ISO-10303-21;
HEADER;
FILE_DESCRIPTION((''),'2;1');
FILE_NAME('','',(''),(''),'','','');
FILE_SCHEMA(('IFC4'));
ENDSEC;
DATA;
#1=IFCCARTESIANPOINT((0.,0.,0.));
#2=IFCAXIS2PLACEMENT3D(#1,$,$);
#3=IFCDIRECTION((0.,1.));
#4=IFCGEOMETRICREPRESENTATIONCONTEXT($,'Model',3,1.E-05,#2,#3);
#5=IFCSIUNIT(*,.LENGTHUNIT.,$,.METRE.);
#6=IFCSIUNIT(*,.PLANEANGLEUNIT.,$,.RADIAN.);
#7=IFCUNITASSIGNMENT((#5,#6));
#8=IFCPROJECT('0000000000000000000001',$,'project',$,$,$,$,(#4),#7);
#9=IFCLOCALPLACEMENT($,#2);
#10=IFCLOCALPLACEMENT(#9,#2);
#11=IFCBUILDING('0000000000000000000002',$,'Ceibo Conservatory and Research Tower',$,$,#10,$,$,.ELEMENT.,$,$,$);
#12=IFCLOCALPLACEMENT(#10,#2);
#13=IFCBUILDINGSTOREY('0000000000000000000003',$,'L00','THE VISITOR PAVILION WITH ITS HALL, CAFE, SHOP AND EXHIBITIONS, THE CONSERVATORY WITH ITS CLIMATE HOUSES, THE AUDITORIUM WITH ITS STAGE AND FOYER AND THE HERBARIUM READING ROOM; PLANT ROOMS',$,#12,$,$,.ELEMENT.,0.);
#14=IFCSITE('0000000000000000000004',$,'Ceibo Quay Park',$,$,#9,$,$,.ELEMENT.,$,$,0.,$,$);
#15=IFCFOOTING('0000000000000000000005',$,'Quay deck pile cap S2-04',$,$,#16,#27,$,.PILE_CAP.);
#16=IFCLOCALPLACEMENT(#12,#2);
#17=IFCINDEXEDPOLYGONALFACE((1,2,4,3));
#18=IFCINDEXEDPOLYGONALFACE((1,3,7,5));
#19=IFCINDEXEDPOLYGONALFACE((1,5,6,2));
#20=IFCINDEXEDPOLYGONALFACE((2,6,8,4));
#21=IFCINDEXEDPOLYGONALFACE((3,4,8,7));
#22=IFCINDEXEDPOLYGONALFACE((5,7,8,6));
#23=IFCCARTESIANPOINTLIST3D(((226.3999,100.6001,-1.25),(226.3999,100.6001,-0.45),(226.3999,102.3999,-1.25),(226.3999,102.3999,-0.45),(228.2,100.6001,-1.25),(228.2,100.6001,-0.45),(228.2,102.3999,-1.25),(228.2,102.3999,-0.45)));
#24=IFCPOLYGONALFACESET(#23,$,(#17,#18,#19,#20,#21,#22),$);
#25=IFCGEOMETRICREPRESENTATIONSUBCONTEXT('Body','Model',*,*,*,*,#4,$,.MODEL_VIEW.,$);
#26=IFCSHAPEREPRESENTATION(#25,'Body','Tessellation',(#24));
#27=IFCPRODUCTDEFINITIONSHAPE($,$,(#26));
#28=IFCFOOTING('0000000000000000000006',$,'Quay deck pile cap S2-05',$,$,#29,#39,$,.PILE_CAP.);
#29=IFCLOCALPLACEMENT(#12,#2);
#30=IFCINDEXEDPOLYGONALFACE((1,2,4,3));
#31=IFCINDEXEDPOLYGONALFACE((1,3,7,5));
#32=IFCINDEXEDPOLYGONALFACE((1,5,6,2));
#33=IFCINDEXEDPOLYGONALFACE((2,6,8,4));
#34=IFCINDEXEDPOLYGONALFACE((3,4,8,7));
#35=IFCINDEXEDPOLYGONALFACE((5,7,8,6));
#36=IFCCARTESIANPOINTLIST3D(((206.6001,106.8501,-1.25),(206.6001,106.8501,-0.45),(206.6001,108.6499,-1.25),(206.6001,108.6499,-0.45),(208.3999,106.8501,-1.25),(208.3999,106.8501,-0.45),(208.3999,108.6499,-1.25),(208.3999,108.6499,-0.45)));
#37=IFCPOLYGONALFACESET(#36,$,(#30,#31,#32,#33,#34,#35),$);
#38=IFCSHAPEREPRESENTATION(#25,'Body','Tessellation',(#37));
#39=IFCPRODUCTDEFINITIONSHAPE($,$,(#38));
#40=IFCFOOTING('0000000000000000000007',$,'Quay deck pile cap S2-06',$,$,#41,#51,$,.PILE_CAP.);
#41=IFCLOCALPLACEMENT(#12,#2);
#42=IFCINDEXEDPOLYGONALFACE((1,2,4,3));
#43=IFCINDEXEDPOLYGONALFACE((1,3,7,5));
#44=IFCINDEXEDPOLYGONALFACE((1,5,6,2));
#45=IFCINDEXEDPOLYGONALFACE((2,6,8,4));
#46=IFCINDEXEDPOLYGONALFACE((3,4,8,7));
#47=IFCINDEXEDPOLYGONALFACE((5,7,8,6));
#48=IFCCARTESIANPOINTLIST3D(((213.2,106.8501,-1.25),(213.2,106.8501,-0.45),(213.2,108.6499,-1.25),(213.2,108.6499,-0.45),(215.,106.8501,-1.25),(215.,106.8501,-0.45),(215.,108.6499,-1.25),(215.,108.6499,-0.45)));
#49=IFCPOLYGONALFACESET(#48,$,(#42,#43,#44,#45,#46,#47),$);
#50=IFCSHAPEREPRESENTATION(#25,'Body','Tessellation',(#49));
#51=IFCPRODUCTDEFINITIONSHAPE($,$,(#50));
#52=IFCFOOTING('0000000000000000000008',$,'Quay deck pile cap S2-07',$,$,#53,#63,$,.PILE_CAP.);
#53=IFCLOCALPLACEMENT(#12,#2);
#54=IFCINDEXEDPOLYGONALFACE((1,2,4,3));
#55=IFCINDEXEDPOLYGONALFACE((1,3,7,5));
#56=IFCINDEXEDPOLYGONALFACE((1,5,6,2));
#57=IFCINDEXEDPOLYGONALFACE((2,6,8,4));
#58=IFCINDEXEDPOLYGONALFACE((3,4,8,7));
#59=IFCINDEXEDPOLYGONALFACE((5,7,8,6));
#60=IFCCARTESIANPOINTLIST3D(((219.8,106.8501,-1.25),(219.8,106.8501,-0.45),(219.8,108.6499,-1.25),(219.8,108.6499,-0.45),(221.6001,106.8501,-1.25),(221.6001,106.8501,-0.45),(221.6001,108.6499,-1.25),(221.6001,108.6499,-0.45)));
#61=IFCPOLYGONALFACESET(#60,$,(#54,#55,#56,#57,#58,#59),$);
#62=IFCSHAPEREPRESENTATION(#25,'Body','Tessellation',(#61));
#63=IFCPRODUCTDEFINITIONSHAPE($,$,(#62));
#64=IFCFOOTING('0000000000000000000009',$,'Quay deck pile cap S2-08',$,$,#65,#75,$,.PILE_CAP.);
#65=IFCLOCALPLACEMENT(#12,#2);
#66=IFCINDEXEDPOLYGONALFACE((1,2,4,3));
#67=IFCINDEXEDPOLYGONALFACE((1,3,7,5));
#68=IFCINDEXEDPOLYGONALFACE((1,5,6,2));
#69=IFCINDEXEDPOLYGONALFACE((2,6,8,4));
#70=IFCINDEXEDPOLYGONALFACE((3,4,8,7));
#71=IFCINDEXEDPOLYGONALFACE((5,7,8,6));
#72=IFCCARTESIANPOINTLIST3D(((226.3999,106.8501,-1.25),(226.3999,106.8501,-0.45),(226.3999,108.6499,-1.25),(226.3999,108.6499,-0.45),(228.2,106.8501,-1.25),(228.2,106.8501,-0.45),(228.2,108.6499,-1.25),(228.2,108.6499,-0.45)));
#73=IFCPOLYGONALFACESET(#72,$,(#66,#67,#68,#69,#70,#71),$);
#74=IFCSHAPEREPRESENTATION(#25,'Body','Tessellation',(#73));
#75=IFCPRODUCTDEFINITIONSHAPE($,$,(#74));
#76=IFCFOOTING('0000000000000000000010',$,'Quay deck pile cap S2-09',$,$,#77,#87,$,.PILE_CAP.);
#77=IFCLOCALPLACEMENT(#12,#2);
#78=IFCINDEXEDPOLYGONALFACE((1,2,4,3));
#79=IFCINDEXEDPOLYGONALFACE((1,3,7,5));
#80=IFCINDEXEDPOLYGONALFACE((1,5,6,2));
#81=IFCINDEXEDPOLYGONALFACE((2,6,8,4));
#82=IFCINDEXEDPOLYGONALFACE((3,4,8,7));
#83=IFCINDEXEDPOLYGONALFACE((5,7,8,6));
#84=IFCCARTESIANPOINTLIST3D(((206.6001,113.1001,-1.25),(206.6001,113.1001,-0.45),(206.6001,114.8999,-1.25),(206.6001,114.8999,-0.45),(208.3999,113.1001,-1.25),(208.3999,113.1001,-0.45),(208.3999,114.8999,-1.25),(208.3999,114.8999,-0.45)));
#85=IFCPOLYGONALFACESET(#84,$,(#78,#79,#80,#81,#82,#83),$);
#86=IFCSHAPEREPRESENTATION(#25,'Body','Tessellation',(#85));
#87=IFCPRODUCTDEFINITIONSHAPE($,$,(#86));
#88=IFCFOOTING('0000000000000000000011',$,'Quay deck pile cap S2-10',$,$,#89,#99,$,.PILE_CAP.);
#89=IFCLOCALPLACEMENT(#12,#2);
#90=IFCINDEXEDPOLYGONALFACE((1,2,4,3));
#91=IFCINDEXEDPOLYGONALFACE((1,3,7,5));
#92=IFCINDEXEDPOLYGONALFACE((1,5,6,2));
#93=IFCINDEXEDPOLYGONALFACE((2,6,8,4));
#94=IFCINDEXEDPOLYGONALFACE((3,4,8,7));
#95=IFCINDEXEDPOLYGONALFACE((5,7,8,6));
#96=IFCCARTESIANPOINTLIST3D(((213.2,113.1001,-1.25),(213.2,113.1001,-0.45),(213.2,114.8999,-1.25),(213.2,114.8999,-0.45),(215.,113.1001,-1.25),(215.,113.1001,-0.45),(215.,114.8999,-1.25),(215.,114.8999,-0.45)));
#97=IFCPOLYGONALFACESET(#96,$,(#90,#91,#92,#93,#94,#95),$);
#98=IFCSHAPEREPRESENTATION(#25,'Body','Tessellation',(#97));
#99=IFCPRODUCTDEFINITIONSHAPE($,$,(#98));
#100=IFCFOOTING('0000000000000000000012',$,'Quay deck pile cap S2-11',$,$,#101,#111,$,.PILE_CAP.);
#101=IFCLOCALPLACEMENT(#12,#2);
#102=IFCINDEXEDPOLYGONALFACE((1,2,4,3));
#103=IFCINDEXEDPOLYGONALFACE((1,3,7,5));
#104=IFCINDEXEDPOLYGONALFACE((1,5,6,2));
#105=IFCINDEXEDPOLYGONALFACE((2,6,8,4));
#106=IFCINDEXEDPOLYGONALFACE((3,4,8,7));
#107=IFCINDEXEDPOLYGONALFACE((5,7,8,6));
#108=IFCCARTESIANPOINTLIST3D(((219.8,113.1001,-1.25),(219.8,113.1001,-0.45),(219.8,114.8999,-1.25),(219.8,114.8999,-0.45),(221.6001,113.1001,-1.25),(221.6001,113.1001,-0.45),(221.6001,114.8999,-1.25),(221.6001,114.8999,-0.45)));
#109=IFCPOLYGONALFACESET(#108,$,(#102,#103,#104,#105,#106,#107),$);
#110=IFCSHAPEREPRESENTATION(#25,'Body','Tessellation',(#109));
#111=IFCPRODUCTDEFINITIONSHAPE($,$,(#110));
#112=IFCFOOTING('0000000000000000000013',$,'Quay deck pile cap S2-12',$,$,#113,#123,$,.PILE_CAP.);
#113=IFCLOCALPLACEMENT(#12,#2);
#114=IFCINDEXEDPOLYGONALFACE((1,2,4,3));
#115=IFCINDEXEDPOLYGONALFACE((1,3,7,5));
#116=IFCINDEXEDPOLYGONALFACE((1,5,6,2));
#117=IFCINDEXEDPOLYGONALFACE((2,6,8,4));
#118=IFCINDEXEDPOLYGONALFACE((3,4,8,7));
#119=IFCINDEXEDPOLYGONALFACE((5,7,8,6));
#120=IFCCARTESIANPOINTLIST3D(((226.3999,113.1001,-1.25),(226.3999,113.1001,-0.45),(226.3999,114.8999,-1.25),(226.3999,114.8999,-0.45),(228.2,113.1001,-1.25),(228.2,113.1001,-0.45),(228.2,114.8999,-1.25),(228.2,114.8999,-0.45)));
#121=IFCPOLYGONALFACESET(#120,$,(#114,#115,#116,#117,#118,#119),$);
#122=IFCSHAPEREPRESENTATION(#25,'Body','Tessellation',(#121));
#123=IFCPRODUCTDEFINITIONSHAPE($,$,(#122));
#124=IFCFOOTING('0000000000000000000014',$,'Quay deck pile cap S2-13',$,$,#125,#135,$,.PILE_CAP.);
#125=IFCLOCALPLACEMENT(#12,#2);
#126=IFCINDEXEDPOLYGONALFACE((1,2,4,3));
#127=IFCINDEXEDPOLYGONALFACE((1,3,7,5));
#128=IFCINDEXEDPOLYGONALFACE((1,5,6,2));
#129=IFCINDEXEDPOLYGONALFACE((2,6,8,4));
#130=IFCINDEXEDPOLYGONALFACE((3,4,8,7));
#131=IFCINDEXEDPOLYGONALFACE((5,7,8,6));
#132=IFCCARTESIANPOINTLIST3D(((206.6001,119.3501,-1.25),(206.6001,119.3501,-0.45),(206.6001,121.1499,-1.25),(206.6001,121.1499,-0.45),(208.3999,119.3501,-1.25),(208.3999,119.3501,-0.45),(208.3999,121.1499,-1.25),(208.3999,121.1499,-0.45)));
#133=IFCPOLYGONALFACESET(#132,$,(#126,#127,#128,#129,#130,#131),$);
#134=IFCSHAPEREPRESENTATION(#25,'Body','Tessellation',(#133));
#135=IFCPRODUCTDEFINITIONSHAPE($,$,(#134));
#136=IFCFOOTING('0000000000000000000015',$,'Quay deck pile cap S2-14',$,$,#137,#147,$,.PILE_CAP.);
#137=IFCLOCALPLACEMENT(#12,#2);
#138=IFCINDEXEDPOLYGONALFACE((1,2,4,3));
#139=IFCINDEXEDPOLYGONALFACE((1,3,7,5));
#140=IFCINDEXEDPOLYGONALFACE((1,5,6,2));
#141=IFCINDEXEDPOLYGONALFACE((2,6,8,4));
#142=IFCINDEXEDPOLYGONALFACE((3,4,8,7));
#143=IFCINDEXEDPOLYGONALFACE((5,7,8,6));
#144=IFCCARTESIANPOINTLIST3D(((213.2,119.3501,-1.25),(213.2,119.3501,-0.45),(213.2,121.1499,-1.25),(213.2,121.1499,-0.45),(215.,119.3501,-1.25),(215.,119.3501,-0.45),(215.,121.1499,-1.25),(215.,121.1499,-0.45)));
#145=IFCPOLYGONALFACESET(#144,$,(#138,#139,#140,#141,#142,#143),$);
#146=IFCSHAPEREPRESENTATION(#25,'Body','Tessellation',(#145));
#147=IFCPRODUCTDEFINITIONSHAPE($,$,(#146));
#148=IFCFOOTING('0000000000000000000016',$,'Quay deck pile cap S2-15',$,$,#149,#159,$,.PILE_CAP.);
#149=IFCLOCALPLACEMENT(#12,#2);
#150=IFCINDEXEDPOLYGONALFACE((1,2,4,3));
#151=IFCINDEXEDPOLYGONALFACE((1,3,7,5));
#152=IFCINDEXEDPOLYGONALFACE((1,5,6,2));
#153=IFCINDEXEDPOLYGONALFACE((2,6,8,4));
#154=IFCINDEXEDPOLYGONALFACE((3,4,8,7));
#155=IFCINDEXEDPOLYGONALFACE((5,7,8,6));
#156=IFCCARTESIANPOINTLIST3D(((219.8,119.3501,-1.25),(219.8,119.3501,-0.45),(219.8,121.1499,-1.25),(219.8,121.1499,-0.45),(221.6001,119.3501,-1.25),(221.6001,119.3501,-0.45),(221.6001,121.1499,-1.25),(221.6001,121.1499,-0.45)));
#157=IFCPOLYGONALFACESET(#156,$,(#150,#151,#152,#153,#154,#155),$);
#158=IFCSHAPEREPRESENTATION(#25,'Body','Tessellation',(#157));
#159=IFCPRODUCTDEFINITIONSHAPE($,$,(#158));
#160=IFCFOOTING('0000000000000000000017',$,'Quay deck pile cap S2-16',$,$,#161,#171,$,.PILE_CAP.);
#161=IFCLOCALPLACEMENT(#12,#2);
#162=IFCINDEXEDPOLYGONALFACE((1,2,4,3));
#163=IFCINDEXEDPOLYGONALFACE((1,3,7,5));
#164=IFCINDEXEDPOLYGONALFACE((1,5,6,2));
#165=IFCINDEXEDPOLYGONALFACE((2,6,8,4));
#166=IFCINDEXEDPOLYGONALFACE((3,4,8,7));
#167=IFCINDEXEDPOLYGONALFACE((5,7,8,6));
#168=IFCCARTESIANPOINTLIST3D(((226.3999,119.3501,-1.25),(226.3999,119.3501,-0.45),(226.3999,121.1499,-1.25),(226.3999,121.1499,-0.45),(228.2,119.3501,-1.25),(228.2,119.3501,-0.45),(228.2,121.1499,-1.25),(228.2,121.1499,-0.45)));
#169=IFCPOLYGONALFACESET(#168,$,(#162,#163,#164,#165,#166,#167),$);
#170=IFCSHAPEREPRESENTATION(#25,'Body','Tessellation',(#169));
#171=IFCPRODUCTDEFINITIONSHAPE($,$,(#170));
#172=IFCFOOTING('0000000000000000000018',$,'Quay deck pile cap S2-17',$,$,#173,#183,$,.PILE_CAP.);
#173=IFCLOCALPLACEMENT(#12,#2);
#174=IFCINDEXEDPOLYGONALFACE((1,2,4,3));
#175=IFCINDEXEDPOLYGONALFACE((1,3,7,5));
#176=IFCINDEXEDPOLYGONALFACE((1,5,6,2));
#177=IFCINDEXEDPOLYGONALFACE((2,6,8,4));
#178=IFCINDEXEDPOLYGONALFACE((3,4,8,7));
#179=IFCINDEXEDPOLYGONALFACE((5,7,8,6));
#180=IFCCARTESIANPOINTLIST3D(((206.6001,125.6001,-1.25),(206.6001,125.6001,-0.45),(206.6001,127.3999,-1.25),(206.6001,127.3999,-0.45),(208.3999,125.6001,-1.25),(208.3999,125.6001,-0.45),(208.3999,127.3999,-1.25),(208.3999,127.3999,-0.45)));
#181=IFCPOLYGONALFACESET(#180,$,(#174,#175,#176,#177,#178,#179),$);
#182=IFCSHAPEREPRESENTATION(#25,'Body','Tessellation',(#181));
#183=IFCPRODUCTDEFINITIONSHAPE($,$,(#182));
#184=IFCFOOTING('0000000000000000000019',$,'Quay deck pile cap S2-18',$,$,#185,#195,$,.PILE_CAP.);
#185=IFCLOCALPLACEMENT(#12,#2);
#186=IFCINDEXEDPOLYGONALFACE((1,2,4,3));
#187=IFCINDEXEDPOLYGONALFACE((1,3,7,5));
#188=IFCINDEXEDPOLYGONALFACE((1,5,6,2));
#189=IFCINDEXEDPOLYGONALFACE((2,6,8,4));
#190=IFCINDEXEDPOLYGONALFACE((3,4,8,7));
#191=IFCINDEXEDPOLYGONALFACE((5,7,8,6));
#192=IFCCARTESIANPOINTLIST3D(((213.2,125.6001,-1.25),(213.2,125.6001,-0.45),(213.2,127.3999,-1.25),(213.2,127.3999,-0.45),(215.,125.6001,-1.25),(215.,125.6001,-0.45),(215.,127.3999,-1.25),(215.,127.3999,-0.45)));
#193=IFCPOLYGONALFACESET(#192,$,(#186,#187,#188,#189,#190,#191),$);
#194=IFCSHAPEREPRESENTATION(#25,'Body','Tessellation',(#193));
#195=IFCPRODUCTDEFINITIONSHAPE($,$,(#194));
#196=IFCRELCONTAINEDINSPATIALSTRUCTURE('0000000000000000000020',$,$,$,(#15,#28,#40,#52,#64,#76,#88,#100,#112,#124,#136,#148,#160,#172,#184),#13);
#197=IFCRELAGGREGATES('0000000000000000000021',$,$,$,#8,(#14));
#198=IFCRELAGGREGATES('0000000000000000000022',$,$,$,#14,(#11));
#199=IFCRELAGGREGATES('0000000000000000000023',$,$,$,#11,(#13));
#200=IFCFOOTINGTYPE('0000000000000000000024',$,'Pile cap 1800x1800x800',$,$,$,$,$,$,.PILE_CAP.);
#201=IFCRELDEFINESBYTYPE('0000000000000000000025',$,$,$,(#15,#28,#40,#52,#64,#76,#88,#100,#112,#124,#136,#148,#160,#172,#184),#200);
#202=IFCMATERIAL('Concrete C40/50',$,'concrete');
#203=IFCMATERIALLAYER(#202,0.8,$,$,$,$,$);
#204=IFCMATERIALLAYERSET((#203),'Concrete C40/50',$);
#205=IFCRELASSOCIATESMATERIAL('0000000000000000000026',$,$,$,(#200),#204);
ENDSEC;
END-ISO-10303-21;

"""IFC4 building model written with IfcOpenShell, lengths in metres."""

from ifc_helpers import new_model, si_unit, direction, frame, origin, place, context, subcontext, project, spatial, polyline, outline, extrude, material, layer, layer_set, type_object, element, save


model = new_model("IFC4")

# Units and contexts
model_context = context("Model", 3, precision=1e-05, world=origin(), true_north=direction((0.0, 1.0)))
body_context = subcontext(model_context, "Body", "Model", "MODEL_VIEW")
ifc_project = project(units=[si_unit("LENGTHUNIT", "METRE"), si_unit("PLANEANGLEUNIT", "RADIAN")], contexts=[model_context])

# Site, building, storey
site_placement = place(None, origin())
site = spatial("IfcSite", under=ifc_project, at=site_placement, Name="Ceibo Quay Park", CompositionType="ELEMENT", RefElevation=0.0)
building_placement = place(site_placement, origin())
building = spatial("IfcBuilding", under=site, at=building_placement, Name="Ceibo Conservatory and Research Tower", CompositionType="ELEMENT")
storey_placement = place(building_placement, origin())
storey = spatial("IfcBuildingStorey", under=building, at=storey_placement, Name="L00", Description="THE VISITOR PAVILION WITH ITS HALL, CAFE, SHOP AND EXHIBITIONS, THE CONSERVATORY WITH ITS CLIMATE HOUSES, THE AUDITORIUM WITH ITS STAGE AND FOYER AND THE HERBARIUM READING ROOM; PLANT ROOMS", CompositionType="ELEMENT", Elevation=0.0)

# Footings
ifc_material = material(Name="Concrete C40/50", Category="concrete")
ifc_layer = layer(ifc_material, 0.8)
ifc_layer_set = layer_set([ifc_layer], Name="Concrete C40/50")
footing_type = type_object("IfcFootingType", Name="Pile cap 1800x1800x800", PredefinedType="PILE_CAP", material=ifc_layer_set)
footing_1_placement = place(storey_placement, frame((0.0, 0.0, -1.25)))
element("IfcFooting", 1, at=footing_1_placement, inside=storey, type_object=footing_type, Name="Quay deck pile cap S2-04", PredefinedType="PILE_CAP", context=body_context, shape_type="SweptSolid", body=[
    extrude(outline(polyline([(226.3999, 100.6001), (228.2, 100.6001), (228.2, 102.3999), (226.3999, 102.3999), (226.3999, 100.6001)])), origin(), (0.0, 0.0, 1.0), 0.8),
])
footing_2_placement = place(storey_placement, frame((0.0, 0.0, -1.25)))
element("IfcFooting", 2, at=footing_2_placement, inside=storey, type_object=footing_type, Name="Quay deck pile cap S2-05", PredefinedType="PILE_CAP", context=body_context, shape_type="SweptSolid", body=[
    extrude(outline(polyline([(206.6001, 106.8501), (208.3999, 106.8501), (208.3999, 108.6499), (206.6001, 108.6499), (206.6001, 106.8501)])), origin(), (0.0, 0.0, 1.0), 0.8),
])
footing_3_placement = place(storey_placement, frame((0.0, 0.0, -1.25)))
element("IfcFooting", 3, at=footing_3_placement, inside=storey, type_object=footing_type, Name="Quay deck pile cap S2-06", PredefinedType="PILE_CAP", context=body_context, shape_type="SweptSolid", body=[
    extrude(outline(polyline([(213.2, 106.8501), (215.0, 106.8501), (215.0, 108.6499), (213.2, 108.6499), (213.2, 106.8501)])), origin(), (0.0, 0.0, 1.0), 0.8),
])
footing_4_placement = place(storey_placement, frame((0.0, 0.0, -1.25)))
element("IfcFooting", 4, at=footing_4_placement, inside=storey, type_object=footing_type, Name="Quay deck pile cap S2-07", PredefinedType="PILE_CAP", context=body_context, shape_type="SweptSolid", body=[
    extrude(outline(polyline([(219.8, 106.8501), (221.6001, 106.8501), (221.6001, 108.6499), (219.8, 108.6499), (219.8, 106.8501)])), origin(), (0.0, 0.0, 1.0), 0.8),
])
footing_5_placement = place(storey_placement, frame((0.0, 0.0, -1.25)))
element("IfcFooting", 5, at=footing_5_placement, inside=storey, type_object=footing_type, Name="Quay deck pile cap S2-08", PredefinedType="PILE_CAP", context=body_context, shape_type="SweptSolid", body=[
    extrude(outline(polyline([(226.3999, 106.8501), (228.2, 106.8501), (228.2, 108.6499), (226.3999, 108.6499), (226.3999, 106.8501)])), origin(), (0.0, 0.0, 1.0), 0.8),
])
footing_6_placement = place(storey_placement, frame((0.0, 0.0, -1.25)))
element("IfcFooting", 6, at=footing_6_placement, inside=storey, type_object=footing_type, Name="Quay deck pile cap S2-09", PredefinedType="PILE_CAP", context=body_context, shape_type="SweptSolid", body=[
    extrude(outline(polyline([(206.6001, 113.1001), (208.3999, 113.1001), (208.3999, 114.8999), (206.6001, 114.8999), (206.6001, 113.1001)])), origin(), (0.0, 0.0, 1.0), 0.8),
])
footing_7_placement = place(storey_placement, frame((0.0, 0.0, -1.25)))
element("IfcFooting", 7, at=footing_7_placement, inside=storey, type_object=footing_type, Name="Quay deck pile cap S2-10", PredefinedType="PILE_CAP", context=body_context, shape_type="SweptSolid", body=[
    extrude(outline(polyline([(213.2, 113.1001), (215.0, 113.1001), (215.0, 114.8999), (213.2, 114.8999), (213.2, 113.1001)])), origin(), (0.0, 0.0, 1.0), 0.8),
])
footing_8_placement = place(storey_placement, frame((0.0, 0.0, -1.25)))
element("IfcFooting", 8, at=footing_8_placement, inside=storey, type_object=footing_type, Name="Quay deck pile cap S2-11", PredefinedType="PILE_CAP", context=body_context, shape_type="SweptSolid", body=[
    extrude(outline(polyline([(219.8, 113.1001), (221.6001, 113.1001), (221.6001, 114.8999), (219.8, 114.8999), (219.8, 113.1001)])), origin(), (0.0, 0.0, 1.0), 0.8),
])
footing_9_placement = place(storey_placement, frame((0.0, 0.0, -1.25)))
element("IfcFooting", 9, at=footing_9_placement, inside=storey, type_object=footing_type, Name="Quay deck pile cap S2-12", PredefinedType="PILE_CAP", context=body_context, shape_type="SweptSolid", body=[
    extrude(outline(polyline([(226.3999, 113.1001), (228.2, 113.1001), (228.2, 114.8999), (226.3999, 114.8999), (226.3999, 113.1001)])), origin(), (0.0, 0.0, 1.0), 0.8),
])
footing_10_placement = place(storey_placement, frame((0.0, 0.0, -1.25)))
element("IfcFooting", 10, at=footing_10_placement, inside=storey, type_object=footing_type, Name="Quay deck pile cap S2-13", PredefinedType="PILE_CAP", context=body_context, shape_type="SweptSolid", body=[
    extrude(outline(polyline([(206.6001, 119.3501), (208.3999, 119.3501), (208.3999, 121.1499), (206.6001, 121.1499), (206.6001, 119.3501)])), origin(), (0.0, 0.0, 1.0), 0.8),
])
footing_11_placement = place(storey_placement, frame((0.0, 0.0, -1.25)))
element("IfcFooting", 11, at=footing_11_placement, inside=storey, type_object=footing_type, Name="Quay deck pile cap S2-14", PredefinedType="PILE_CAP", context=body_context, shape_type="SweptSolid", body=[
    extrude(outline(polyline([(213.2, 119.3501), (215.0, 119.3501), (215.0, 121.1499), (213.2, 121.1499), (213.2, 119.3501)])), origin(), (0.0, 0.0, 1.0), 0.8),
])
footing_12_placement = place(storey_placement, frame((0.0, 0.0, -1.25)))
element("IfcFooting", 12, at=footing_12_placement, inside=storey, type_object=footing_type, Name="Quay deck pile cap S2-15", PredefinedType="PILE_CAP", context=body_context, shape_type="SweptSolid", body=[
    extrude(outline(polyline([(219.8, 119.3501), (221.6001, 119.3501), (221.6001, 121.1499), (219.8, 121.1499), (219.8, 119.3501)])), origin(), (0.0, 0.0, 1.0), 0.8),
])
footing_13_placement = place(storey_placement, frame((0.0, 0.0, -1.25)))
element("IfcFooting", 13, at=footing_13_placement, inside=storey, type_object=footing_type, Name="Quay deck pile cap S2-16", PredefinedType="PILE_CAP", context=body_context, shape_type="SweptSolid", body=[
    extrude(outline(polyline([(226.3999, 119.3501), (228.2, 119.3501), (228.2, 121.1499), (226.3999, 121.1499), (226.3999, 119.3501)])), origin(), (0.0, 0.0, 1.0), 0.8),
])
footing_14_placement = place(storey_placement, frame((0.0, 0.0, -1.25)))
element("IfcFooting", 14, at=footing_14_placement, inside=storey, type_object=footing_type, Name="Quay deck pile cap S2-17", PredefinedType="PILE_CAP", context=body_context, shape_type="SweptSolid", body=[
    extrude(outline(polyline([(206.6001, 125.6001), (208.3999, 125.6001), (208.3999, 127.3999), (206.6001, 127.3999), (206.6001, 125.6001)])), origin(), (0.0, 0.0, 1.0), 0.8),
])
footing_15_placement = place(storey_placement, frame((0.0, 0.0, -1.25)))
element("IfcFooting", 15, at=footing_15_placement, inside=storey, type_object=footing_type, Name="Quay deck pile cap S2-18", PredefinedType="PILE_CAP", context=body_context, shape_type="SweptSolid", body=[
    extrude(outline(polyline([(213.2, 125.6001), (215.0, 125.6001), (215.0, 127.3999), (213.2, 127.3999), (213.2, 125.6001)])), origin(), (0.0, 0.0, 1.0), 0.8),
])

save(model, "model.ifc")
